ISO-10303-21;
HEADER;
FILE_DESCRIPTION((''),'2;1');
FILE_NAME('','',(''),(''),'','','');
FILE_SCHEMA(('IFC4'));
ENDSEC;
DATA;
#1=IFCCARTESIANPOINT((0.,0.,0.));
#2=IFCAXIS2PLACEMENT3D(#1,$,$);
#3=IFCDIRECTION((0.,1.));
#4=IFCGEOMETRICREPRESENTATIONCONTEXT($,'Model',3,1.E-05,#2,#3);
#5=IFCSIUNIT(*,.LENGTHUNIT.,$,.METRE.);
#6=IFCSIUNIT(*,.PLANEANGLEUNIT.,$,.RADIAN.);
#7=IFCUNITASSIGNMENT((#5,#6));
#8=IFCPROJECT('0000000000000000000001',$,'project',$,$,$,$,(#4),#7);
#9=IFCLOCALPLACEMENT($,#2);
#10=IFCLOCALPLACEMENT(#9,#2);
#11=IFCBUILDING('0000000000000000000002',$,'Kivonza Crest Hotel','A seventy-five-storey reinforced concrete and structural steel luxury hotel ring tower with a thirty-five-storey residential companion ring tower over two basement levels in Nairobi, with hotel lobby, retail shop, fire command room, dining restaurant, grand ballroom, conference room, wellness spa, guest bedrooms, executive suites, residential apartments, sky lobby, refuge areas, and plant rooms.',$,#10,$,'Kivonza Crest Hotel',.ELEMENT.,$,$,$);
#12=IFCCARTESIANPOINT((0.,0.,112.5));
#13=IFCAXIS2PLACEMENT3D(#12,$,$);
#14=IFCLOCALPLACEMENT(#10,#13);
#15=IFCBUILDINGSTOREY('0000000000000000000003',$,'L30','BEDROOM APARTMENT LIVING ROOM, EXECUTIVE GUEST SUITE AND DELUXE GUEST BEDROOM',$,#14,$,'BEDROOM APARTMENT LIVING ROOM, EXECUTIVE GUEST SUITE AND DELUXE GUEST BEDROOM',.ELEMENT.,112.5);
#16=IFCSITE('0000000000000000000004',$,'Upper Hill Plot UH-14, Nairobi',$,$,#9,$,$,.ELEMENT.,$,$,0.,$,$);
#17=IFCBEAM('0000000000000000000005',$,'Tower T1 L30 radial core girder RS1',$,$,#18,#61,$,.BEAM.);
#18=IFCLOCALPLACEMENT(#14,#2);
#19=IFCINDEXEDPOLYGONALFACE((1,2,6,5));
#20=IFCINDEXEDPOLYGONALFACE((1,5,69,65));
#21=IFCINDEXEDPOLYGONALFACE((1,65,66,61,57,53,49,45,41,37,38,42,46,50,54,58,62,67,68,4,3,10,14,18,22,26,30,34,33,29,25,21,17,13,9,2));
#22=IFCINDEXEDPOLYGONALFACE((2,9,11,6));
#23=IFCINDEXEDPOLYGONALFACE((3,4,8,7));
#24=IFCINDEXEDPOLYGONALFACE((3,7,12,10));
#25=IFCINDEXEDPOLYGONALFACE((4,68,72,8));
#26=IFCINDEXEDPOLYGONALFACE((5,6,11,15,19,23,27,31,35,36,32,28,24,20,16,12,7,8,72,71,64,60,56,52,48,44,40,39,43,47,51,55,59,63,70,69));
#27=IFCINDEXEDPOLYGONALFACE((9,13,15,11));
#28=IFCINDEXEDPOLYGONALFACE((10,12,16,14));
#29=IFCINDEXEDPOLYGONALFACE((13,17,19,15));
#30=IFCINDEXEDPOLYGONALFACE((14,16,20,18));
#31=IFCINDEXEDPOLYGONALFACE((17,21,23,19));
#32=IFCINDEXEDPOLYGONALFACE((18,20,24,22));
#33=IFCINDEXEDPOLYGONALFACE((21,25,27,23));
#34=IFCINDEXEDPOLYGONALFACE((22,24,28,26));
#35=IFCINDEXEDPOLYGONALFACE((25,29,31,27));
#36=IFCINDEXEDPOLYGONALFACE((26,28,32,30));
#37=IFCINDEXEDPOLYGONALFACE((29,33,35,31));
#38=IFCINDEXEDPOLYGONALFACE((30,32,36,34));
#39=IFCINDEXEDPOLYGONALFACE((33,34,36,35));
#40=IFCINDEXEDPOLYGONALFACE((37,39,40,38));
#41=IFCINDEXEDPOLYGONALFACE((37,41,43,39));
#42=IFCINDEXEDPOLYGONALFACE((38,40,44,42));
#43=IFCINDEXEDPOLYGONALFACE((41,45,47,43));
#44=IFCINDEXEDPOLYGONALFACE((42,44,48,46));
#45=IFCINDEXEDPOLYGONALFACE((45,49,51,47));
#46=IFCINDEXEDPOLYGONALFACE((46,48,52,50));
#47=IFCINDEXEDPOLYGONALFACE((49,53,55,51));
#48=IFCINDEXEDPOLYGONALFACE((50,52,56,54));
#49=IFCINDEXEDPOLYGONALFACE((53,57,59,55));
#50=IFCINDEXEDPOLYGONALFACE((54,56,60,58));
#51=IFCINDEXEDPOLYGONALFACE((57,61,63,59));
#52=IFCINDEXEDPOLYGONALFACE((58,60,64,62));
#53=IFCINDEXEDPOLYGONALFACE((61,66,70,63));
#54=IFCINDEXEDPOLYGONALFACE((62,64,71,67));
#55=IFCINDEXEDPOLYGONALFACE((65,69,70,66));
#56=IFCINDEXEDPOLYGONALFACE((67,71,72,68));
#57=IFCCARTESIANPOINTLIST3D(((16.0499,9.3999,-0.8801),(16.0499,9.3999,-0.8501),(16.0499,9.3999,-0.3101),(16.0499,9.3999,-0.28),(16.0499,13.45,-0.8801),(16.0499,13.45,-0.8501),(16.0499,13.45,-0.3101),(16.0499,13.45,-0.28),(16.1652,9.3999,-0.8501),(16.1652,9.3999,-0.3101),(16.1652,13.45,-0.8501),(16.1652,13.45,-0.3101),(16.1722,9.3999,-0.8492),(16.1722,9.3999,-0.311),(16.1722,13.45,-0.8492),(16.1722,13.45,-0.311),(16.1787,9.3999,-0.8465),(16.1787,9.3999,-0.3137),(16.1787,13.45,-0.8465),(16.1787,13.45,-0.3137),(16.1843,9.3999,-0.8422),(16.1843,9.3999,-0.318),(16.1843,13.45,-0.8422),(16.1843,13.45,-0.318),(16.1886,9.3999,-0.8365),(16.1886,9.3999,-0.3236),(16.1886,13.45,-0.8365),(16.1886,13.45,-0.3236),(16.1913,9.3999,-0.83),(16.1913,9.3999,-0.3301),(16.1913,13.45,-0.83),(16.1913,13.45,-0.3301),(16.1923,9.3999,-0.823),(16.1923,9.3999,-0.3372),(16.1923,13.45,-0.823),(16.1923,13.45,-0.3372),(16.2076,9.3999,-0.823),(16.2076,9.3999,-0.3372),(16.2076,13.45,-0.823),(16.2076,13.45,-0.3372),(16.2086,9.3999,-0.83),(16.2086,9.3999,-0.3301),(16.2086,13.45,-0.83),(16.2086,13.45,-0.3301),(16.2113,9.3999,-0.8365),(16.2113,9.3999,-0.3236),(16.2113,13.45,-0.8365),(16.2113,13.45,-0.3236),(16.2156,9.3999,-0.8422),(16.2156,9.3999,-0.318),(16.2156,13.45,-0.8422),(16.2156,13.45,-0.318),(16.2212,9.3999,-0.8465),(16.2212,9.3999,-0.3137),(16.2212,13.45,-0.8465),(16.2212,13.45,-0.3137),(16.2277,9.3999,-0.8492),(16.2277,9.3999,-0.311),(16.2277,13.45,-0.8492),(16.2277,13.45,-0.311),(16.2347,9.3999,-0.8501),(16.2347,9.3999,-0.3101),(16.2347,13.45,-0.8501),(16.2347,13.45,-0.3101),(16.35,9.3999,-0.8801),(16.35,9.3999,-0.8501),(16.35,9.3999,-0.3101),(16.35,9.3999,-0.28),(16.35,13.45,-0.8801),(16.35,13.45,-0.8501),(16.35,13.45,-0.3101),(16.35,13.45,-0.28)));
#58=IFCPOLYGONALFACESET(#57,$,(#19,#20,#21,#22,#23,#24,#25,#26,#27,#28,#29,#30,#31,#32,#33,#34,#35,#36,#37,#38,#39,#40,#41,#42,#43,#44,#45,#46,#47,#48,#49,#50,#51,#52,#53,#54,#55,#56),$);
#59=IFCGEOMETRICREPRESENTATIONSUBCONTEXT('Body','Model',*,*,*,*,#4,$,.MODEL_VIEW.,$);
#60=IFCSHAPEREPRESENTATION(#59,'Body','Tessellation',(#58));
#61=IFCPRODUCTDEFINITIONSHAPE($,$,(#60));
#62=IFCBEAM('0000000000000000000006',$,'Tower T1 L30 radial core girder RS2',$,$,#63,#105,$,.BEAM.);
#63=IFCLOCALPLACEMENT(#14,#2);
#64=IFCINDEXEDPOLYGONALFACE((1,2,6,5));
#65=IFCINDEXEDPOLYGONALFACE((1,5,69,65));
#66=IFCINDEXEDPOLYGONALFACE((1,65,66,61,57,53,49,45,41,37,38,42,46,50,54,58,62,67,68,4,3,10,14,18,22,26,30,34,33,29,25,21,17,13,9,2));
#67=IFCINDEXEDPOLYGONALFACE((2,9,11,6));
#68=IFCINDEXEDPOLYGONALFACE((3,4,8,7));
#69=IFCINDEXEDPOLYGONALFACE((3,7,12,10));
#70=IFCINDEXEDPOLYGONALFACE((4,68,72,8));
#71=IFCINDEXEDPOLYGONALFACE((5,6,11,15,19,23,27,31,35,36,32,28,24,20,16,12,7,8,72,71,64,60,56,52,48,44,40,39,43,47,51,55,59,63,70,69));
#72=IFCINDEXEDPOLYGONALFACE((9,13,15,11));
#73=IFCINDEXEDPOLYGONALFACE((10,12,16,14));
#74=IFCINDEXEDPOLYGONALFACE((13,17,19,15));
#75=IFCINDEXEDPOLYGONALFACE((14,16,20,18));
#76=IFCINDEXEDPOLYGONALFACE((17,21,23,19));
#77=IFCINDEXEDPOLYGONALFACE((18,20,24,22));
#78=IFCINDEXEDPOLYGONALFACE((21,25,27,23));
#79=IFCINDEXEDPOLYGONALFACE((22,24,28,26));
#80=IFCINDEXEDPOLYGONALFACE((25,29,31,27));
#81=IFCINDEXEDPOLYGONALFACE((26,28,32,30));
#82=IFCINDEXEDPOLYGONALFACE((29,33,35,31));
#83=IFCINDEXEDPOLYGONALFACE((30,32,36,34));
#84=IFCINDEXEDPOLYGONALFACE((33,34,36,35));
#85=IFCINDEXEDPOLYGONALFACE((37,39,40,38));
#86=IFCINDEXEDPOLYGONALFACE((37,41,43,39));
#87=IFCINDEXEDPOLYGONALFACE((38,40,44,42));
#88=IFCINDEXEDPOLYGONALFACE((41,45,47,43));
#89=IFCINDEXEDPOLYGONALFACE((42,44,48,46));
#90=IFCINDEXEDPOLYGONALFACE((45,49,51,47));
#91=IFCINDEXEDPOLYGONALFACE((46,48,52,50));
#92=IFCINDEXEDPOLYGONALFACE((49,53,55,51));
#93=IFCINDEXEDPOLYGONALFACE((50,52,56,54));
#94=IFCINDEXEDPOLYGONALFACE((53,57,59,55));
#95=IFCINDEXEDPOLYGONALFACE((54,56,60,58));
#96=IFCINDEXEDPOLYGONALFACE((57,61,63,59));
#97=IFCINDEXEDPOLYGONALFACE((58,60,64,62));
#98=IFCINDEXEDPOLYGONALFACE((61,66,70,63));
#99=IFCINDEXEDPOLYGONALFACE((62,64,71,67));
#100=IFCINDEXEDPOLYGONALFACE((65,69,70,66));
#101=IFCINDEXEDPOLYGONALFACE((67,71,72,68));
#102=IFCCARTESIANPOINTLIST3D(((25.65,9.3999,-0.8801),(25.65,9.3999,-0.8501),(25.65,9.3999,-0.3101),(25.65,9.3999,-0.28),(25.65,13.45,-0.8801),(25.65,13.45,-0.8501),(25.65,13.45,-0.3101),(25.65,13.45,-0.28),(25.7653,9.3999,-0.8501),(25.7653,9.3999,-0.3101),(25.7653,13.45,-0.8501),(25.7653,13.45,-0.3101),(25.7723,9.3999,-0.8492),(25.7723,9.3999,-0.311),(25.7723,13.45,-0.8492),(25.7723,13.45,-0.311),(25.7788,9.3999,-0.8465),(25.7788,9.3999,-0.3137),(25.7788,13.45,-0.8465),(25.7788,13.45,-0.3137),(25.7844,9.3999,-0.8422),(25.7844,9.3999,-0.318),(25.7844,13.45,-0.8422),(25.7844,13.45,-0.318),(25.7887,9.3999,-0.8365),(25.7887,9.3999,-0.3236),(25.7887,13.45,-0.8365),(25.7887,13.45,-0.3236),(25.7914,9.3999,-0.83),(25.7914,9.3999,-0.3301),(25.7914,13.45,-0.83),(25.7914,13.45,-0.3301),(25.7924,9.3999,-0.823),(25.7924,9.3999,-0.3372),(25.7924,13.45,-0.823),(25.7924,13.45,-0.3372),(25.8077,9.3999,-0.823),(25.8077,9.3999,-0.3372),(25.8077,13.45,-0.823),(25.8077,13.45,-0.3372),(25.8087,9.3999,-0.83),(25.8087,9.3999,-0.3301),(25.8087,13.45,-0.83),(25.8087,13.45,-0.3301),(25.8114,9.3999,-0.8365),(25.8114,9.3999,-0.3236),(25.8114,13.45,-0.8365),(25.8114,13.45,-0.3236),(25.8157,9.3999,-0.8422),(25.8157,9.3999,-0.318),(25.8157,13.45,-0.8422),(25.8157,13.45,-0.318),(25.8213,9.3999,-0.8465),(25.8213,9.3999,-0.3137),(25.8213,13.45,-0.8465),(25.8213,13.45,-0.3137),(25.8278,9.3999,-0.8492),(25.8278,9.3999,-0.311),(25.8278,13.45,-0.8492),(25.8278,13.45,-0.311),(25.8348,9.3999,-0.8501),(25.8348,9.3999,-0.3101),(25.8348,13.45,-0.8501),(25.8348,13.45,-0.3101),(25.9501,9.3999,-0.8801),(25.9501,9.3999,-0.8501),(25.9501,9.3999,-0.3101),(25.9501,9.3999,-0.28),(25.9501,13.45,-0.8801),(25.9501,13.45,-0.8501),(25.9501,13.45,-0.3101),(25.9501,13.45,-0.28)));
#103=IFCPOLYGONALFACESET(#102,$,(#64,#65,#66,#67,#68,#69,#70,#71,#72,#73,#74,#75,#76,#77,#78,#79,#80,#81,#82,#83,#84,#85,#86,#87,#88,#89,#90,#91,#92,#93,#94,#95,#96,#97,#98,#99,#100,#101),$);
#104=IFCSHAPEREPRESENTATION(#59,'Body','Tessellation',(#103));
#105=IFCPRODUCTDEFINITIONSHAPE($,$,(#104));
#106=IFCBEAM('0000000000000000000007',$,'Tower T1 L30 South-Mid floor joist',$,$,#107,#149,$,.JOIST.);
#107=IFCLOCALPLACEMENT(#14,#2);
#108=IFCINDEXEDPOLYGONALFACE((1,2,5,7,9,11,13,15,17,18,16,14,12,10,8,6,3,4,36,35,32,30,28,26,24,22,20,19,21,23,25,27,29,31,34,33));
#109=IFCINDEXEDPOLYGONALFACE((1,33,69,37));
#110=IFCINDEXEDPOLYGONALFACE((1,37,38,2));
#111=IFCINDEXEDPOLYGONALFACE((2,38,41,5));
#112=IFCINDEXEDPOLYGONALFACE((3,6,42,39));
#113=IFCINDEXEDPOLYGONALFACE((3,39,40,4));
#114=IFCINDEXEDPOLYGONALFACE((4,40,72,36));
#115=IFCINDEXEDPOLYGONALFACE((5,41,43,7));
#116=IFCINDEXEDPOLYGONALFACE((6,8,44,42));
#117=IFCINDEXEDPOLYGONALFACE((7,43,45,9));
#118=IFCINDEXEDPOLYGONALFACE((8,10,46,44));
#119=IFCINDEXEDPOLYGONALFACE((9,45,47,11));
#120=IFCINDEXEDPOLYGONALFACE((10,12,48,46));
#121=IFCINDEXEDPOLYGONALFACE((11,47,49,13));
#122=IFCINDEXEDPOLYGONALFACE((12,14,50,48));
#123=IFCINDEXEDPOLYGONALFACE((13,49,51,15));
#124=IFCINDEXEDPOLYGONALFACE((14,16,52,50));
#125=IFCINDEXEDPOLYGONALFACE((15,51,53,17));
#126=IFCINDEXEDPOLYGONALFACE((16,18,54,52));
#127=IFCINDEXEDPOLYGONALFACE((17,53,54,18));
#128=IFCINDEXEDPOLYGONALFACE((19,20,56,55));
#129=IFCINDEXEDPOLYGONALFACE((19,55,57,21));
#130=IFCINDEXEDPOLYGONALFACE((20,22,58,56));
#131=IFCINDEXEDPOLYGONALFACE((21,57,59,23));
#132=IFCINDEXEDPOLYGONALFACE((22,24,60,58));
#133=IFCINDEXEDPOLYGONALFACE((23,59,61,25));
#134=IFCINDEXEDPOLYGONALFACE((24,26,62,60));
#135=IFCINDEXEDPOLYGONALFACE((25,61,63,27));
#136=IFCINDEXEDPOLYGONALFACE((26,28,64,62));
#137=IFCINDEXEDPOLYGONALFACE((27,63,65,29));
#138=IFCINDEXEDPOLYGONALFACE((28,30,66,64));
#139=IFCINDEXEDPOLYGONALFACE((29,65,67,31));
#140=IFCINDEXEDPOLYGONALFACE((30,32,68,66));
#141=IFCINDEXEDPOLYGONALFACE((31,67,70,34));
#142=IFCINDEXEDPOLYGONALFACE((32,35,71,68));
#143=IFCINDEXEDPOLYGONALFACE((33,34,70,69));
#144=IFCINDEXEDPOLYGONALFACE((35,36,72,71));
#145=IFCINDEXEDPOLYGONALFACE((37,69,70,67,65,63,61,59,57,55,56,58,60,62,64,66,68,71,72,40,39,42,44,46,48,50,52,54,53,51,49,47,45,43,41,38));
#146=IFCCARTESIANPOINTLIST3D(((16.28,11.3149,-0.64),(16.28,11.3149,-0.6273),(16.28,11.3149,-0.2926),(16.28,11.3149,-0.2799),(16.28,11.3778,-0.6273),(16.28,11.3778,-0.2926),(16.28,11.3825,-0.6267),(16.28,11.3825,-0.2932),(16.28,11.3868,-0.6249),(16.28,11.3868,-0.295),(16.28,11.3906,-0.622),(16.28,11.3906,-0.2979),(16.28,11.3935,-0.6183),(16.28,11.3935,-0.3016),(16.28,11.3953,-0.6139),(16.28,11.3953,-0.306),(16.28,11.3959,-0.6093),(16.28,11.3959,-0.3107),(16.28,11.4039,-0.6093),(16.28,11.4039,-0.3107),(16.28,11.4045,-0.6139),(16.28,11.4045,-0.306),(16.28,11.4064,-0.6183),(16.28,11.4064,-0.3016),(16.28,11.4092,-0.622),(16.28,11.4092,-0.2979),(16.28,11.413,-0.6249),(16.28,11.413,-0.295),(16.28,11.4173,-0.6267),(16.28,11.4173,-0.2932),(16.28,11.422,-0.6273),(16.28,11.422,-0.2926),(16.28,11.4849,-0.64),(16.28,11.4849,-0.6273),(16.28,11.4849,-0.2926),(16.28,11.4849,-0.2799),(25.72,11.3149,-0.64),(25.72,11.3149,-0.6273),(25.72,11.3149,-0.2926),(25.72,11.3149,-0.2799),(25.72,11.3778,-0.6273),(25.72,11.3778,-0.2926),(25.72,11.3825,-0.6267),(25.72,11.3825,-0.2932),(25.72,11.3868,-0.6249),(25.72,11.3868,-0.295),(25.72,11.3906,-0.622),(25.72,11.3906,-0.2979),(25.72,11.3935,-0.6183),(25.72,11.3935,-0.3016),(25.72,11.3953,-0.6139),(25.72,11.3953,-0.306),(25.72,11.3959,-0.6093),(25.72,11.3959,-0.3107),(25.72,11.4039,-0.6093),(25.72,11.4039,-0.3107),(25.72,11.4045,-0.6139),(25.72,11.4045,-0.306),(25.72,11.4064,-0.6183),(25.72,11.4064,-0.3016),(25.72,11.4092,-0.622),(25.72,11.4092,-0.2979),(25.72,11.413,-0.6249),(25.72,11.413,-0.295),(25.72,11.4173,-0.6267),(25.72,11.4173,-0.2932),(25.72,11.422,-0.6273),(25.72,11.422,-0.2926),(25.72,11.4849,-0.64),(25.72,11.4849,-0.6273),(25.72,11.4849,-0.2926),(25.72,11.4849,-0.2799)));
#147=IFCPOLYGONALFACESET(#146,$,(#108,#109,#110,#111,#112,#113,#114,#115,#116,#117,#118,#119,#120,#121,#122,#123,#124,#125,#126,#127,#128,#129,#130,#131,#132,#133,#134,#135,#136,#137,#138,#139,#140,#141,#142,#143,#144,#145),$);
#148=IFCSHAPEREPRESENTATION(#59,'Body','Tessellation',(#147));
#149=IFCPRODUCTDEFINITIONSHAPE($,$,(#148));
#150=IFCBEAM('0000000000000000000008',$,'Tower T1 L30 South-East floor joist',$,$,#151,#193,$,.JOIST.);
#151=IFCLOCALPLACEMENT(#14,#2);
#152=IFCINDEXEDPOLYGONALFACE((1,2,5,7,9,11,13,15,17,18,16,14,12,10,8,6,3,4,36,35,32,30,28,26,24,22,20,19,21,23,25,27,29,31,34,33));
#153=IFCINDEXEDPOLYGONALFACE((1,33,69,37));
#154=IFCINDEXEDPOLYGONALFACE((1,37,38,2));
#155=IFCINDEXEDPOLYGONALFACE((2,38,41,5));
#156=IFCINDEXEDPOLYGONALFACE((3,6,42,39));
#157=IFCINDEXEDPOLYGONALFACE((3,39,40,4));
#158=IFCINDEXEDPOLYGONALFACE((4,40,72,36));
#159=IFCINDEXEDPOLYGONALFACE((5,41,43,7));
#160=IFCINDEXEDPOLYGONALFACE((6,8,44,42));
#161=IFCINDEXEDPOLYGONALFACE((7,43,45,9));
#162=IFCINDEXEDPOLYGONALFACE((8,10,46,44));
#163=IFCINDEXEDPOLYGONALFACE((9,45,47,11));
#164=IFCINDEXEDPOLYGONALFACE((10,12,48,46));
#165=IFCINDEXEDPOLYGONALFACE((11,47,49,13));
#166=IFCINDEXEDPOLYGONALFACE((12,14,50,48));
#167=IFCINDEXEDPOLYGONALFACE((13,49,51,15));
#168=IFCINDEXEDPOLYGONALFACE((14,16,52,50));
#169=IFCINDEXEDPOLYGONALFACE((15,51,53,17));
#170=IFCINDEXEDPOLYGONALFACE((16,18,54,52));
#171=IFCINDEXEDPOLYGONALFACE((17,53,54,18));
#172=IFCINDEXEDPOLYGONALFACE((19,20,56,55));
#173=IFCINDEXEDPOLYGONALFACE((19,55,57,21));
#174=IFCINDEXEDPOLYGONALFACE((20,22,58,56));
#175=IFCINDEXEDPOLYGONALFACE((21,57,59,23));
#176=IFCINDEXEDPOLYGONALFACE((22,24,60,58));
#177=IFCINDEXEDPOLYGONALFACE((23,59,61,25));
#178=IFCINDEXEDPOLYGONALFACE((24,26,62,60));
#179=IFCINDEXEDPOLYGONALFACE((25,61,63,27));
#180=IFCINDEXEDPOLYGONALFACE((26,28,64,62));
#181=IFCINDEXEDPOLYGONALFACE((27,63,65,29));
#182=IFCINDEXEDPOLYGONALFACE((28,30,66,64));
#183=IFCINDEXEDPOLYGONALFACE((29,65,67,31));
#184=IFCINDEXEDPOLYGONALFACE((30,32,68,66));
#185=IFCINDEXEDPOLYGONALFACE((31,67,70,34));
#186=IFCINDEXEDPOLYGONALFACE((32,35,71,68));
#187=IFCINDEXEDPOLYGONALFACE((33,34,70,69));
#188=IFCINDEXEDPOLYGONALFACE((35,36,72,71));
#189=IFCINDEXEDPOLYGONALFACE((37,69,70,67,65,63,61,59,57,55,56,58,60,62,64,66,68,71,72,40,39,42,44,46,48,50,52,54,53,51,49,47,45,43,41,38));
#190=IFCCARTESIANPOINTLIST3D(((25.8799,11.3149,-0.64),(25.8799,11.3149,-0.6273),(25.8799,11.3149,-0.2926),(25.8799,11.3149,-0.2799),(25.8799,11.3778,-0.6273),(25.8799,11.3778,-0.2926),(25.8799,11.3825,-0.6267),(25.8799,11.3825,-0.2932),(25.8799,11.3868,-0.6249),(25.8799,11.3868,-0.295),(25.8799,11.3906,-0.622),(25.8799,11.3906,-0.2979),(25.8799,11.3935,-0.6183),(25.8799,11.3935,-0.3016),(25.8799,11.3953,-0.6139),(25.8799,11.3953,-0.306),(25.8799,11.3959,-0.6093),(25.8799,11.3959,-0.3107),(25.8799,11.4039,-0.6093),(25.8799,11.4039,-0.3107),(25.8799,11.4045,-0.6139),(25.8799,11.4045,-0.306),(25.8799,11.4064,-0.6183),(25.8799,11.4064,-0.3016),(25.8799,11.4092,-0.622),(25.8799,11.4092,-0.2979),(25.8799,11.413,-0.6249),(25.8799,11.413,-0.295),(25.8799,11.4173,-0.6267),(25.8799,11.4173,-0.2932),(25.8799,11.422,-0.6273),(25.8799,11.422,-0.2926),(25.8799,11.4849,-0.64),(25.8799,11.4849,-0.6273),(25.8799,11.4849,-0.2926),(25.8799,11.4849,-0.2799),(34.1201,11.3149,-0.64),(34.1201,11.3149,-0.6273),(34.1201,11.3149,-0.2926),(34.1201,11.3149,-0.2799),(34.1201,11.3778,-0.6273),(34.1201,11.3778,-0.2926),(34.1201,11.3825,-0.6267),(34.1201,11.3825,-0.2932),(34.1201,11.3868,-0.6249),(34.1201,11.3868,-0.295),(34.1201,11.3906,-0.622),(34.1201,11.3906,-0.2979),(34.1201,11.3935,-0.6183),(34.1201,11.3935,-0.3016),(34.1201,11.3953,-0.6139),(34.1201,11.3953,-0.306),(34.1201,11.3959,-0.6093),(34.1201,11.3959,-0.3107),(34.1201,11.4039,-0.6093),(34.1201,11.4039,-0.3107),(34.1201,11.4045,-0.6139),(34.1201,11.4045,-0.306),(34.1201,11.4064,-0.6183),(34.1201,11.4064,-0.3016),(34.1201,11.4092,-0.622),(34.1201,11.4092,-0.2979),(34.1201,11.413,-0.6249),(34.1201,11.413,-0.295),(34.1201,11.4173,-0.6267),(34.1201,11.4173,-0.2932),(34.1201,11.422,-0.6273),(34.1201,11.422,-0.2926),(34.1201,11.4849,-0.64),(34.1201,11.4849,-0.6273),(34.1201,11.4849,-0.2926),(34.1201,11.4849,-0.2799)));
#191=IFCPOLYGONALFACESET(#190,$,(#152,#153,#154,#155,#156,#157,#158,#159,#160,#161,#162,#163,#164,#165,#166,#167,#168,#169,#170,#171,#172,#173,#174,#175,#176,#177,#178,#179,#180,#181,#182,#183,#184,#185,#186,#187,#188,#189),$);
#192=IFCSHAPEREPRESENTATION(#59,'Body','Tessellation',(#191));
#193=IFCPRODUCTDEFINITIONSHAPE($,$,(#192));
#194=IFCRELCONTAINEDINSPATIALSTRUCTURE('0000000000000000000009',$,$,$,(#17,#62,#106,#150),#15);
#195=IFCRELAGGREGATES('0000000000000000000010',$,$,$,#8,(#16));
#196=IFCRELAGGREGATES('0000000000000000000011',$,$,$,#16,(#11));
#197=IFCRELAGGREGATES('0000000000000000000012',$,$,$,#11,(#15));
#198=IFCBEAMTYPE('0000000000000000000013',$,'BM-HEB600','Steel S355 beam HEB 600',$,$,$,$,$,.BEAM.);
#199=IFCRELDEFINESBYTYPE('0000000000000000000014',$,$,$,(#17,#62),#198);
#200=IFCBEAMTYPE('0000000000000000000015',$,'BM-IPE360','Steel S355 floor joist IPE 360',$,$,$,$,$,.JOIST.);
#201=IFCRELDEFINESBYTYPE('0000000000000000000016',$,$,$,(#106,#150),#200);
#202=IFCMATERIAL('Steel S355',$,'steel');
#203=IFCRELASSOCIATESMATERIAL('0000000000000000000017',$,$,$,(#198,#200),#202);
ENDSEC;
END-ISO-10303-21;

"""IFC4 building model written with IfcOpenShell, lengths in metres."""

from ifc_helpers import new_model, si_unit, direction, frame, origin, origin_2d, place, context, subcontext, project, spatial, i_section, extrude, material, material_profile, profile_set, type_object, element, save


model = new_model("IFC4")

# Units and contexts
model_context = context("Model", 3, precision=1e-05, world=origin(), true_north=direction((0.0, 1.0)))
body_context = subcontext(model_context, "Body", "Model", "MODEL_VIEW")
ifc_project = project(units=[si_unit("LENGTHUNIT", "METRE"), si_unit("PLANEANGLEUNIT", "RADIAN")], contexts=[model_context])

# Site, building, storey
site_placement = place(None, origin())
site = spatial("IfcSite", under=ifc_project, at=site_placement, Name="Upper Hill Plot UH-14, Nairobi", CompositionType="ELEMENT", RefElevation=0.0)
building_placement = place(site_placement, origin())
building = spatial("IfcBuilding", under=site, at=building_placement, Name="Kivonza Crest Hotel", Description="A seventy-five-storey reinforced concrete and structural steel luxury hotel ring tower with a thirty-five-storey residential companion ring tower over two basement levels in Nairobi, with hotel lobby, retail shop, fire command room, dining restaurant, grand ballroom, conference room, wellness spa, guest bedrooms, executive suites, residential apartments, sky lobby, refuge areas, and plant rooms.", LongName="Kivonza Crest Hotel", CompositionType="ELEMENT")
storey_placement = place(building_placement, frame((0.0, 0.0, 112.5)))
storey = spatial("IfcBuildingStorey", under=building, at=storey_placement, Name="L30", Description="BEDROOM APARTMENT LIVING ROOM, EXECUTIVE GUEST SUITE AND DELUXE GUEST BEDROOM", LongName="BEDROOM APARTMENT LIVING ROOM, EXECUTIVE GUEST SUITE AND DELUXE GUEST BEDROOM", CompositionType="ELEMENT", Elevation=112.5)

# Beams
ifc_material_1 = material(Name="Steel S355", Category="steel")
ifc_material_profile_1 = material_profile(ifc_material_1, i_section(OverallWidth=0.3, OverallDepth=0.6001, WebThickness=0.0154, FlangeThickness=0.03, FilletRadius=0.0271, at=origin_2d()), Name="HEB 600")
ifc_profile_set_1 = profile_set([ifc_material_profile_1], Name="Steel S355")
beam_type_1 = type_object("IfcBeamType", Name="BM-HEB600", Description="Steel S355 beam HEB 600", PredefinedType="BEAM", material=ifc_profile_set_1)
for number, where, z_axis, x_axis, name in (
    (1, (16.2, 9.3999, -0.5801), (0.0, 1.0, 0.0), (-1.0, 0.0, 0.0), "Tower T1 L30 radial core girder RS1"),
    (2, (25.8, 9.3999, -0.5801), (0.0, 1.0, 0.0), (-1.0, 0.0, 0.0), "Tower T1 L30 radial core girder RS2"),
):
    element("IfcBeam", number, at=place(storey_placement, frame(where, z_axis=z_axis, x_axis=x_axis)), inside=storey, type_object=beam_type_1, Name=name, PredefinedType="BEAM", context=body_context, shape_type="SweptSolid", body=[
        extrude(i_section(OverallWidth=0.3, OverallDepth=0.6001, WebThickness=0.0154, FlangeThickness=0.03, FilletRadius=0.0271, at=origin_2d()), origin(), (0.0, 0.0, 1.0), 4.05),
    ])
ifc_material_profile_2 = material_profile(ifc_material_1, i_section(OverallWidth=0.1699, OverallDepth=0.3601, WebThickness=0.0081, FlangeThickness=0.0127, FilletRadius=0.0181, at=origin_2d()), Name="IPE 360")
ifc_profile_set_2 = profile_set([ifc_material_profile_2], Name="Steel S355")
beam_type_2 = type_object("IfcBeamType", Name="BM-IPE360", Description="Steel S355 floor joist IPE 360", PredefinedType="JOIST", material=ifc_profile_set_2)
beam_1_placement = place(storey_placement, frame((16.28, 11.3999, -0.46), z_axis=(1.0, 0.0, 0.0), x_axis=(0.0, 1.0, 0.0)))
element("IfcBeam", 3, at=beam_1_placement, inside=storey, type_object=beam_type_2, Name="Tower T1 L30 South-Mid floor joist", PredefinedType="JOIST", context=body_context, shape_type="SweptSolid", body=[
    extrude(i_section(OverallWidth=0.1699, OverallDepth=0.3601, WebThickness=0.0081, FlangeThickness=0.0127, FilletRadius=0.0181, at=origin_2d()), origin(), (0.0, 0.0, 1.0), 9.4399),
])
beam_2_placement = place(storey_placement, frame((25.8799, 11.3999, -0.46), z_axis=(1.0, 0.0, 0.0), x_axis=(0.0, 1.0, 0.0)))
element("IfcBeam", 4, at=beam_2_placement, inside=storey, type_object=beam_type_2, Name="Tower T1 L30 South-East floor joist", PredefinedType="JOIST", context=body_context, shape_type="SweptSolid", body=[
    extrude(i_section(OverallWidth=0.1699, OverallDepth=0.3601, WebThickness=0.0081, FlangeThickness=0.0127, FilletRadius=0.0181, at=origin_2d()), origin(), (0.0, 0.0, 1.0), 8.2402),
])

save(model, "model.ifc")
